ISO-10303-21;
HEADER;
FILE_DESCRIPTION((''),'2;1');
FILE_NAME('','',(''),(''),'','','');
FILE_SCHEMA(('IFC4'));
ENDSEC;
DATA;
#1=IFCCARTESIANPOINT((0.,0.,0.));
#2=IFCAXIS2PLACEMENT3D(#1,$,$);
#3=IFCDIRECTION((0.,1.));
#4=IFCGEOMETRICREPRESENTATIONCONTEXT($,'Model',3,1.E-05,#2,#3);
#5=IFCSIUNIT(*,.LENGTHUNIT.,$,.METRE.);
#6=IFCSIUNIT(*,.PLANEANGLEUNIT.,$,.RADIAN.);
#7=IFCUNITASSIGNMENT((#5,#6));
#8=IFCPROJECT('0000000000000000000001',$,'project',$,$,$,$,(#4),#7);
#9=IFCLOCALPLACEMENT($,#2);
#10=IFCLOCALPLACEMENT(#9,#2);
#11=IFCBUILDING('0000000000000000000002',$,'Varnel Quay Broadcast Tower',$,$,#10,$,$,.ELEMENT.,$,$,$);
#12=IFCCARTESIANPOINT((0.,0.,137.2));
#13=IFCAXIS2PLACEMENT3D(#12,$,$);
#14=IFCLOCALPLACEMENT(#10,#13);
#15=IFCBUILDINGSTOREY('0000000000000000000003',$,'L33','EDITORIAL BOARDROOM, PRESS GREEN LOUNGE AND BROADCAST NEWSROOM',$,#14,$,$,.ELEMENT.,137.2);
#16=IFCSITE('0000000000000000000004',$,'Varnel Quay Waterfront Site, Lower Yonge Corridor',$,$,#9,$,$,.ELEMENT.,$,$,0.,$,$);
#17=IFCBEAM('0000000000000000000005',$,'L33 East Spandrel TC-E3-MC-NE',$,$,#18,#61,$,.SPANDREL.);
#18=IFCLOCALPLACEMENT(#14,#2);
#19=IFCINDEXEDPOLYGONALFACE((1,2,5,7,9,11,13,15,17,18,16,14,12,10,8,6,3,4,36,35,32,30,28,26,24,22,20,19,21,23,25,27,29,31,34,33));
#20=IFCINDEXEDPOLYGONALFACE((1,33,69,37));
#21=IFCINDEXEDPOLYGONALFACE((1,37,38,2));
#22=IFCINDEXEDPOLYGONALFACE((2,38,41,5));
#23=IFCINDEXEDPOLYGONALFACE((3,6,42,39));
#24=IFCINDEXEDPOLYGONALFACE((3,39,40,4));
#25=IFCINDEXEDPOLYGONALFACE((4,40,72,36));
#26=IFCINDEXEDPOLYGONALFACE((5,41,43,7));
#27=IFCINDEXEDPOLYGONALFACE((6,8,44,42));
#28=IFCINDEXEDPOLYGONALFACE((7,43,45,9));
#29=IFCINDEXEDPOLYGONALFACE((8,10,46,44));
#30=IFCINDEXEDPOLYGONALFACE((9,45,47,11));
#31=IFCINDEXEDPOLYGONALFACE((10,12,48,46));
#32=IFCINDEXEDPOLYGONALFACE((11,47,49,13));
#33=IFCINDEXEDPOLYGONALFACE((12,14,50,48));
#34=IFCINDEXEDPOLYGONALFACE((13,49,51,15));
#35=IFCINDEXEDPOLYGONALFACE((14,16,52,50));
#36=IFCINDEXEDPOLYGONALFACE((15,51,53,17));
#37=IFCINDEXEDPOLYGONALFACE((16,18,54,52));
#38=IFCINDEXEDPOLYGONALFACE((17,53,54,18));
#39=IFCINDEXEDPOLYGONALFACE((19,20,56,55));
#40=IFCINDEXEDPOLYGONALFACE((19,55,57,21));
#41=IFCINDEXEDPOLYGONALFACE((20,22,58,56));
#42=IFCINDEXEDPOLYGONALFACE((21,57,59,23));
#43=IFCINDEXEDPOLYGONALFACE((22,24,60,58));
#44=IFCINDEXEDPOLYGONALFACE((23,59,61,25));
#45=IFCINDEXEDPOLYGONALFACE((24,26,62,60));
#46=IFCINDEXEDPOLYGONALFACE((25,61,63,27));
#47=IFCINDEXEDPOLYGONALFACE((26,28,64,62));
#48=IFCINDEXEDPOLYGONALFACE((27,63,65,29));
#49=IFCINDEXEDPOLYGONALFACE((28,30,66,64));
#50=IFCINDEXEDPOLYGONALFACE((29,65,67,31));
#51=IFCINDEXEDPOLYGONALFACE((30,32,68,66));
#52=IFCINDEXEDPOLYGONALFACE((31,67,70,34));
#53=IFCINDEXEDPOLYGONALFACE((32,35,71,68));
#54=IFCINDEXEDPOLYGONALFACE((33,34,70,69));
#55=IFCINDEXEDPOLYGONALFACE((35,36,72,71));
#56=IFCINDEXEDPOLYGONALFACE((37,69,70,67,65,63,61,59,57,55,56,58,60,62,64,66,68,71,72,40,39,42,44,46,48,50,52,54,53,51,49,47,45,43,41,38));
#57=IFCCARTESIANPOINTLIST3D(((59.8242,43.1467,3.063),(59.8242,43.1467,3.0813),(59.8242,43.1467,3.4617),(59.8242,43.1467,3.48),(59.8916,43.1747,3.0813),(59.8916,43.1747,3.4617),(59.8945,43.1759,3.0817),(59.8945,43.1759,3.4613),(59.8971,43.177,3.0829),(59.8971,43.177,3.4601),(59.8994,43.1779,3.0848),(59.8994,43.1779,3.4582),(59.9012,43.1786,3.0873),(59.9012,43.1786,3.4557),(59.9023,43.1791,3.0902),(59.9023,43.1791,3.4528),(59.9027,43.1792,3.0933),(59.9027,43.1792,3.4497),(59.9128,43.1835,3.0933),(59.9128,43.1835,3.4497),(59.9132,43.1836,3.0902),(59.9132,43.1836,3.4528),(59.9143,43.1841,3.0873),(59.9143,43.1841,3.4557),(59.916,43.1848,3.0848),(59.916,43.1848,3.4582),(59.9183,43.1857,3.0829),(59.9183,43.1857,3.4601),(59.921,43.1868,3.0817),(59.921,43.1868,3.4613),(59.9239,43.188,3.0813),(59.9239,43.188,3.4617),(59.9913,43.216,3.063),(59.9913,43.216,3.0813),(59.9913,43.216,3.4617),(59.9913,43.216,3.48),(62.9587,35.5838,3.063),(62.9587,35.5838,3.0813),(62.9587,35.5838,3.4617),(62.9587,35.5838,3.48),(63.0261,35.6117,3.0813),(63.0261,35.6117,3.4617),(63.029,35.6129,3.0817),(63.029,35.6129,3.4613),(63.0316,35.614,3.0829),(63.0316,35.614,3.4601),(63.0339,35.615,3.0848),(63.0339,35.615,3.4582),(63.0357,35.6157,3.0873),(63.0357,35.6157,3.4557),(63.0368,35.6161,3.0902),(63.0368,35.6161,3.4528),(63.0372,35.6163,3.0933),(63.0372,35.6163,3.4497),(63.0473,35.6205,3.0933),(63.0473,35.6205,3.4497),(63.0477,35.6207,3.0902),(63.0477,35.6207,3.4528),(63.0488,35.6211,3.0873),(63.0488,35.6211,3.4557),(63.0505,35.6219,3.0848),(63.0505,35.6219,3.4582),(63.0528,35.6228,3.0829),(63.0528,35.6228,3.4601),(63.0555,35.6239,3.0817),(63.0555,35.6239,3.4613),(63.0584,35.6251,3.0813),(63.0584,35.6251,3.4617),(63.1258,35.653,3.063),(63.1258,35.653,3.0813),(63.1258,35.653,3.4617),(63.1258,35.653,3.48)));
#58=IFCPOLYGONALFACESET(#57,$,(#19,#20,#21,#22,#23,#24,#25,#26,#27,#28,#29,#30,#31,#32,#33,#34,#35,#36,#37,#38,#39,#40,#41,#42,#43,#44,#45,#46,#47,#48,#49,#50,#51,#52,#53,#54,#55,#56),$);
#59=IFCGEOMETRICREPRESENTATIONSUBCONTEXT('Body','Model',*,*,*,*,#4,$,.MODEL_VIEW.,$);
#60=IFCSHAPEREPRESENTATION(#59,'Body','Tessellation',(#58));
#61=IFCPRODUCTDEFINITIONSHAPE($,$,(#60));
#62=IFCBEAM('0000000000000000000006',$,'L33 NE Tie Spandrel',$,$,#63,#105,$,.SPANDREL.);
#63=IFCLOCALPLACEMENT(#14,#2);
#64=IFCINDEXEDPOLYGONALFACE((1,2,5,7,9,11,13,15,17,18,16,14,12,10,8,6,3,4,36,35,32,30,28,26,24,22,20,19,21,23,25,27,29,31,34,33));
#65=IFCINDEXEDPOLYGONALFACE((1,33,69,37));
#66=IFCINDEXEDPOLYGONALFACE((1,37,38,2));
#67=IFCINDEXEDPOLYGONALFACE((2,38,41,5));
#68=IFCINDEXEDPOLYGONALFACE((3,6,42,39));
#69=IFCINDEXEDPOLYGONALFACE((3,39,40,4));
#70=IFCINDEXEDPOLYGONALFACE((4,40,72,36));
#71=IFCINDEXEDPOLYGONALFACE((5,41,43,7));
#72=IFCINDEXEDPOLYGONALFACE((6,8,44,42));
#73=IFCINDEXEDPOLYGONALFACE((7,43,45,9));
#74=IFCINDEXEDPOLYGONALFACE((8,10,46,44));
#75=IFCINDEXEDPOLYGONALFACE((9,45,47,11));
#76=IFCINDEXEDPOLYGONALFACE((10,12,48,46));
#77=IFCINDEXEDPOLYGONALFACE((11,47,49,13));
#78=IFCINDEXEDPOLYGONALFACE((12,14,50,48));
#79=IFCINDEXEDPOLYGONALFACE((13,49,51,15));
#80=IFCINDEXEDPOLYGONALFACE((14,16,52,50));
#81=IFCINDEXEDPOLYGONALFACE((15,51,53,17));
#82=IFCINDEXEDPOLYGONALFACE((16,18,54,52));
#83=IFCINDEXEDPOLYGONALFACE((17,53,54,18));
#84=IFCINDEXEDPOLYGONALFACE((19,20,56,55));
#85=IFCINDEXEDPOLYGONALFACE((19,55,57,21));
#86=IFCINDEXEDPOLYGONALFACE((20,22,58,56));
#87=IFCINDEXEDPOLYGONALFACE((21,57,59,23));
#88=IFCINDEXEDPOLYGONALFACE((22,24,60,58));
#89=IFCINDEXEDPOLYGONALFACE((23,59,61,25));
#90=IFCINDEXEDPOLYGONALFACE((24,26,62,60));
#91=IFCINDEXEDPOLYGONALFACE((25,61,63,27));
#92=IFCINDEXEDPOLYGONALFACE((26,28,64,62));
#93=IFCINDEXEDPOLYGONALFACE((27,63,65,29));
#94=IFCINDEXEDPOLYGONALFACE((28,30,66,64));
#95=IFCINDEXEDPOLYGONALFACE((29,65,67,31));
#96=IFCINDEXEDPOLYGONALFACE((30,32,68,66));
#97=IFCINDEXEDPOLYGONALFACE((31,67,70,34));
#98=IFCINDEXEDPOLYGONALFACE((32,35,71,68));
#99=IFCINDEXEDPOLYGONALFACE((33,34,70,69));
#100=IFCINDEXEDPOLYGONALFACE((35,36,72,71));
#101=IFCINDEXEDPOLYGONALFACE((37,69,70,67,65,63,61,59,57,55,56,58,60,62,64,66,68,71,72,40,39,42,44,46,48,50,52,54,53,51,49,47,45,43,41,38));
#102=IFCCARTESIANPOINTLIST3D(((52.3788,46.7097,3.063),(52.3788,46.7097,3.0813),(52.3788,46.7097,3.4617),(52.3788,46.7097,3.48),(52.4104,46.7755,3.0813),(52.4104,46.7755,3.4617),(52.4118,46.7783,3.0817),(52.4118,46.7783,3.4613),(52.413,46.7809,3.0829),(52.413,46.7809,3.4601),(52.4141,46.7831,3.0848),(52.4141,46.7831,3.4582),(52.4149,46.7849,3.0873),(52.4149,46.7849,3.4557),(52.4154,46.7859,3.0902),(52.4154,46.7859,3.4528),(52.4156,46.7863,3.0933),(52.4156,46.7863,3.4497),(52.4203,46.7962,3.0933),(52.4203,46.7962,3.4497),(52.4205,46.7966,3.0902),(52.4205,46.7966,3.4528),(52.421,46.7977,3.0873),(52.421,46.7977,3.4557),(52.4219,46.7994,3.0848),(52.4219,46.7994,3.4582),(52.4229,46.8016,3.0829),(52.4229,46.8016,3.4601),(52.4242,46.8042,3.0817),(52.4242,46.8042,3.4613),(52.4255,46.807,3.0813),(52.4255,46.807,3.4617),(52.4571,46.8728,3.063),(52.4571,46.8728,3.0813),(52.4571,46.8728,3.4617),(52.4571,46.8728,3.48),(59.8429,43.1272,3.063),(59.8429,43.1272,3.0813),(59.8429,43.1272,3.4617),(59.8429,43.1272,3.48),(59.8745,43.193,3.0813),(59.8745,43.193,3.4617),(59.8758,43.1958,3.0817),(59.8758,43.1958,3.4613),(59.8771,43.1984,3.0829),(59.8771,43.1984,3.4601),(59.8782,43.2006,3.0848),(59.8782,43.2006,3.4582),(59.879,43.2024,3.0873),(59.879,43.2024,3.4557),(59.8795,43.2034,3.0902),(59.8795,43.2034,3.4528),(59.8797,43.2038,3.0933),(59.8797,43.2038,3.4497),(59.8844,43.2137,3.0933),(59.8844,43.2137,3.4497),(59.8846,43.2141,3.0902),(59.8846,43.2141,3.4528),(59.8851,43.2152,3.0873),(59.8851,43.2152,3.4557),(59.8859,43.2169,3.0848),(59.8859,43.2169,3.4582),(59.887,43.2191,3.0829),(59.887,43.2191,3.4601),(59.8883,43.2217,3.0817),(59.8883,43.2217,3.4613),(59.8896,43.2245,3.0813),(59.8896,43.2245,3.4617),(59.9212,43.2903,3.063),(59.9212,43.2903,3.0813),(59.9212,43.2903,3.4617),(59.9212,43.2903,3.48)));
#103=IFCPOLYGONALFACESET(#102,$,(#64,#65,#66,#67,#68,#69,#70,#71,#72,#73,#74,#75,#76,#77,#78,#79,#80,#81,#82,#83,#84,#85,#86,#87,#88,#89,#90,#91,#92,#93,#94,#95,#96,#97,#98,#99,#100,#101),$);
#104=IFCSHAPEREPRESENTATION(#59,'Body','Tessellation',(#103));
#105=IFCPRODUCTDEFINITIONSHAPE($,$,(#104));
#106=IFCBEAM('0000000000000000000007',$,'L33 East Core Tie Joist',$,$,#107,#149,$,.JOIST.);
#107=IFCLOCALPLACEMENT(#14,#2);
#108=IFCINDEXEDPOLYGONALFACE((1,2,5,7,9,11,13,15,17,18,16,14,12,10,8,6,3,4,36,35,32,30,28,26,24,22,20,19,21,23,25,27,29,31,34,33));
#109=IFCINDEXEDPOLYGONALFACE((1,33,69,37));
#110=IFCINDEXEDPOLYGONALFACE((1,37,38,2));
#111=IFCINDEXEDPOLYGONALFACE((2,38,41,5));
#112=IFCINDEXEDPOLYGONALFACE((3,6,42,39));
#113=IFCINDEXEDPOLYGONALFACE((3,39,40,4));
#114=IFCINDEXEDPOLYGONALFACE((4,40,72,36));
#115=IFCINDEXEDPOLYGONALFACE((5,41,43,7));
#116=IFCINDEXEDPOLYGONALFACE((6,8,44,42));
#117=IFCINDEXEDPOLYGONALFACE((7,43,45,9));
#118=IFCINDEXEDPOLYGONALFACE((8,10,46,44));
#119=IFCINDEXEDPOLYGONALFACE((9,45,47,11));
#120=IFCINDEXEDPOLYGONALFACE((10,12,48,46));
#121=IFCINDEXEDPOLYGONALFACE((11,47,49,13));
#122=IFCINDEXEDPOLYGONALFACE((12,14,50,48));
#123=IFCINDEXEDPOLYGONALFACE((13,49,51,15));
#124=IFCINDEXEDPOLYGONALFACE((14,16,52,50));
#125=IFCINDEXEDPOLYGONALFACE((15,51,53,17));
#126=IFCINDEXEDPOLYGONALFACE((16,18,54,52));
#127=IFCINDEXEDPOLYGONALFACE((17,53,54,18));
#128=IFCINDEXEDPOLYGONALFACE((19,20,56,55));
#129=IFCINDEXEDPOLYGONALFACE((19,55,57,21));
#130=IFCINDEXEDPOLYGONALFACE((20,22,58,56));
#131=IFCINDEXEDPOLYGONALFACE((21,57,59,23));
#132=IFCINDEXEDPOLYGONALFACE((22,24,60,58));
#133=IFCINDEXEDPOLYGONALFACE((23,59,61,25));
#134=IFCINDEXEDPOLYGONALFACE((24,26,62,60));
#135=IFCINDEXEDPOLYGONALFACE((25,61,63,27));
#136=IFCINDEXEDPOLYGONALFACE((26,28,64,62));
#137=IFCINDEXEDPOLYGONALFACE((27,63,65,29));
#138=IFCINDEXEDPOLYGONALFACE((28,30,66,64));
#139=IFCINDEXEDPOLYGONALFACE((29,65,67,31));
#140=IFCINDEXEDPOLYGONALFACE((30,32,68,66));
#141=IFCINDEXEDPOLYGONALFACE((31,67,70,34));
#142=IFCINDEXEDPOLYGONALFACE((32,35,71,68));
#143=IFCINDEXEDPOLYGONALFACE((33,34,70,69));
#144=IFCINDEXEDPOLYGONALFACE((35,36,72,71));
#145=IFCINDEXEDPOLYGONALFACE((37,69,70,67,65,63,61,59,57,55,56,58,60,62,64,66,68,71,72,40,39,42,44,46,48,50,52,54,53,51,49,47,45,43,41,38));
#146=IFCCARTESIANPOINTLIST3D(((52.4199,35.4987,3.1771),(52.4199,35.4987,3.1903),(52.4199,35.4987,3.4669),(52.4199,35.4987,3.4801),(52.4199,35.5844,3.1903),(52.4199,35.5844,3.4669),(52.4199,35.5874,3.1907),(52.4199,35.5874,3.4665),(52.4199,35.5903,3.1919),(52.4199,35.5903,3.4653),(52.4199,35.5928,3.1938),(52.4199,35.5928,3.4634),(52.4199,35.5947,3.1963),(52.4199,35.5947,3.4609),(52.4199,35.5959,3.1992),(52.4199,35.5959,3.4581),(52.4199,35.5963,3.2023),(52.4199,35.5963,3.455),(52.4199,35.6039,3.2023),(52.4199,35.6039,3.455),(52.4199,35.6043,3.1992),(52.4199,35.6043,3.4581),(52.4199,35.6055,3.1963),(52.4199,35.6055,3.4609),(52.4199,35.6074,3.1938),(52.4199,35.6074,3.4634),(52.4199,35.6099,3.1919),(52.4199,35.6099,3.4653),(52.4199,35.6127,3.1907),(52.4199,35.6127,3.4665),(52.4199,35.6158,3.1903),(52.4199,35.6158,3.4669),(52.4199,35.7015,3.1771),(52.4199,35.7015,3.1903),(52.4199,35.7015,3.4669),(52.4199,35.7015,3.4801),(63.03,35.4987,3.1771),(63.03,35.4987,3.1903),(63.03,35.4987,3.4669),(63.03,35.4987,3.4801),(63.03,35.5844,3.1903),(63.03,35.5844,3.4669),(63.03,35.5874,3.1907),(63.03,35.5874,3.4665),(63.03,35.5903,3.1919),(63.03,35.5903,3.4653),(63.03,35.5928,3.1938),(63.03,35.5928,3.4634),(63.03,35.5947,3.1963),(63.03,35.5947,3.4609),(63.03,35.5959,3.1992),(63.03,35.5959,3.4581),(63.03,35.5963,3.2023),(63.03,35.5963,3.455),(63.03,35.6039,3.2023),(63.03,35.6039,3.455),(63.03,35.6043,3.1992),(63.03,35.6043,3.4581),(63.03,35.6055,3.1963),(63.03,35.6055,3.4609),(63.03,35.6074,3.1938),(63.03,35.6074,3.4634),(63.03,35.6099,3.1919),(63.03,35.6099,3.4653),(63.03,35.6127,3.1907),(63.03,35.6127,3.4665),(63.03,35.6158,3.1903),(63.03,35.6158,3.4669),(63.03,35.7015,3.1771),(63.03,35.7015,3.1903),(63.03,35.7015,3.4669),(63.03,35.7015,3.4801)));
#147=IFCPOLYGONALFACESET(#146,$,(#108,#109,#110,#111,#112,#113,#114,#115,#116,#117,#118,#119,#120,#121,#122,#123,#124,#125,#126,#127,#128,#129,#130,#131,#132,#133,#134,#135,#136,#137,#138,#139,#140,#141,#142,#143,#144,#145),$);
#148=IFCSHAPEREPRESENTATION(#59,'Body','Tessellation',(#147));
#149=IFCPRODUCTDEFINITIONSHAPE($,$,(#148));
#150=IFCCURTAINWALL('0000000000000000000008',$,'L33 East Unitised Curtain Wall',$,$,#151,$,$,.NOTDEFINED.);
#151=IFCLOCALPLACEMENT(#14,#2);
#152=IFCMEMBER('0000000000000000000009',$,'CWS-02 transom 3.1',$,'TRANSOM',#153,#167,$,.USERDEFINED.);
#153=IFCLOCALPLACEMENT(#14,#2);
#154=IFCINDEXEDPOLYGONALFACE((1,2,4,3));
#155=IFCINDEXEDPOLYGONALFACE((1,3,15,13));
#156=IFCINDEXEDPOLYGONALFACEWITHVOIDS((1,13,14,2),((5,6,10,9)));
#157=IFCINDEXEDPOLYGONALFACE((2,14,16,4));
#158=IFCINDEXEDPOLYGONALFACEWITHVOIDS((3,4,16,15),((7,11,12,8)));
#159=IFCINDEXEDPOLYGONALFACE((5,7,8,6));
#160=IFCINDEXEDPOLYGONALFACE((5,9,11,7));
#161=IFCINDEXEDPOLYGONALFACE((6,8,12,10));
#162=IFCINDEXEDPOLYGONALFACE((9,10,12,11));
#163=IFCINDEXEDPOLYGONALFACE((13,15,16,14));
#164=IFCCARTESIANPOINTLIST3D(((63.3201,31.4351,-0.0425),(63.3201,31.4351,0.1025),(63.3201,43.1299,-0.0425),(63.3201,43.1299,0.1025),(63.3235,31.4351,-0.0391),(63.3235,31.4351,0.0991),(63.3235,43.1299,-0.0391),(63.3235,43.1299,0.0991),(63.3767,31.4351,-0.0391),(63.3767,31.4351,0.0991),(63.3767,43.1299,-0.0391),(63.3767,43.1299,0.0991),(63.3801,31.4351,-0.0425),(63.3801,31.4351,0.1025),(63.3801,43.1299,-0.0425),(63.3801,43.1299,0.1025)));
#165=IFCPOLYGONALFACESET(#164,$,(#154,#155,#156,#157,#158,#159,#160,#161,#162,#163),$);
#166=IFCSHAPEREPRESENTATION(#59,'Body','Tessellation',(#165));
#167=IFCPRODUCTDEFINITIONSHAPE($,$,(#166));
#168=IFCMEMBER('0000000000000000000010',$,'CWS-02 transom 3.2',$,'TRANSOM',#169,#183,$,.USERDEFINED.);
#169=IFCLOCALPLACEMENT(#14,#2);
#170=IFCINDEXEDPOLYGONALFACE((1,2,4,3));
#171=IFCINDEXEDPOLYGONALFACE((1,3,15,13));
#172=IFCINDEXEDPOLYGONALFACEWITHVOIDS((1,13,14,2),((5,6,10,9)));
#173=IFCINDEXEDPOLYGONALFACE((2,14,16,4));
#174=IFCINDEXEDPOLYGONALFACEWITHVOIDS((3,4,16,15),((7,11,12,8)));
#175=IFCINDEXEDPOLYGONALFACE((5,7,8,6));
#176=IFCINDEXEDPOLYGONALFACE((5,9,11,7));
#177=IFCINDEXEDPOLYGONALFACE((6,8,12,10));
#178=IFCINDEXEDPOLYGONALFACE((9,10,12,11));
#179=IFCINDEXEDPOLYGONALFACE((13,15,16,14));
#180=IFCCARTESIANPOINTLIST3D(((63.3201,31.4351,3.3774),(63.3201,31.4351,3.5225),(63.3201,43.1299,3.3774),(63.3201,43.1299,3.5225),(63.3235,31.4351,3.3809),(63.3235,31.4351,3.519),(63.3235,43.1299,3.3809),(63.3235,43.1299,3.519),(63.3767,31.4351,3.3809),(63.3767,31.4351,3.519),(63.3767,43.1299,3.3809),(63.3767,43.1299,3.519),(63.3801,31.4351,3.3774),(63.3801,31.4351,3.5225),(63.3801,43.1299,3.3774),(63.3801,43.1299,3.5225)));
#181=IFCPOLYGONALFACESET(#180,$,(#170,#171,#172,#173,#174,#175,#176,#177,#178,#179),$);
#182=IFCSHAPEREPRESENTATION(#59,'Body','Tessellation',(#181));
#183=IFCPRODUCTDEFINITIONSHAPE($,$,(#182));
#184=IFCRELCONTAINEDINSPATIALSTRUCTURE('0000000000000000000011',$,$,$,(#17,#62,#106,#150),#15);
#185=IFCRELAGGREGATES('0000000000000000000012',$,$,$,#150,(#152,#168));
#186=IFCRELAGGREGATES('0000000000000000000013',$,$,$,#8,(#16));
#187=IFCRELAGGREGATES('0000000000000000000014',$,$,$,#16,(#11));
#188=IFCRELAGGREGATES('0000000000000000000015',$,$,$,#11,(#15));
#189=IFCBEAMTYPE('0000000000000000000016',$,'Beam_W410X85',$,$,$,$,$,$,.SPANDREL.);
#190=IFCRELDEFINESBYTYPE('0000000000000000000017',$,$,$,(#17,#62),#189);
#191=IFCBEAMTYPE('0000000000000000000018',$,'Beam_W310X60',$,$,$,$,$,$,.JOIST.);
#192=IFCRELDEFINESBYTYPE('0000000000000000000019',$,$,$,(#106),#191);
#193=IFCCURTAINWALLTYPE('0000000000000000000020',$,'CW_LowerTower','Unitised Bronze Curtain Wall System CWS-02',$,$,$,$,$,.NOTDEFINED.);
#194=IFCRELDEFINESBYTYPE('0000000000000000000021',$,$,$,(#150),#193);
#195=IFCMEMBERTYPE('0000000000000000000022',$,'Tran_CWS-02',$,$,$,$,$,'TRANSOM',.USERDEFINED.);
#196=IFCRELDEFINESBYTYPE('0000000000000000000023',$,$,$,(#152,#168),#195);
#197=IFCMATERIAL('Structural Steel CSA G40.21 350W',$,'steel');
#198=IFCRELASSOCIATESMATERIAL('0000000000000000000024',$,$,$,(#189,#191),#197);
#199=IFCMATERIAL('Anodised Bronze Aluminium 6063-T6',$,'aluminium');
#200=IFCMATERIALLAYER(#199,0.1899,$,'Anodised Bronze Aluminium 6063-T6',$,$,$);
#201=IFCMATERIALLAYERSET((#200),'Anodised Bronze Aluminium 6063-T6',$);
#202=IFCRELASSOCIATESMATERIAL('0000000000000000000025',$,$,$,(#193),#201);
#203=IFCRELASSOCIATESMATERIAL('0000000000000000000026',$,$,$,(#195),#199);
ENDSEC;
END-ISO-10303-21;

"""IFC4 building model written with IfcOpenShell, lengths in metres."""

from ifc_helpers import new_model, si_unit, direction, frame, origin, origin_2d, place, context, subcontext, project, spatial, hollow_rectangle, i_section, extrude, source, transform, mapped, material, layer, layer_set, material_profile, profile_set, type_object, type_shapes, element, aggregate, save


model = new_model("IFC4")

# Units and contexts
model_context = context("Model", 3, precision=1e-05, world=origin(), true_north=direction((0.0, 1.0)))
body_context = subcontext(model_context, "Body", "Model", "MODEL_VIEW")
ifc_project = project(units=[si_unit("LENGTHUNIT", "METRE"), si_unit("PLANEANGLEUNIT", "RADIAN")], contexts=[model_context])

# Site, building, storey
site_placement = place(None, origin())
site = spatial("IfcSite", under=ifc_project, at=site_placement, Name="Varnel Quay Waterfront Site, Lower Yonge Corridor", CompositionType="ELEMENT", RefElevation=0.0)
building_placement = place(site_placement, origin())
building = spatial("IfcBuilding", under=site, at=building_placement, Name="Varnel Quay Broadcast Tower", CompositionType="ELEMENT")
storey_placement = place(building_placement, frame((0.0, 0.0, 137.2)))
storey = spatial("IfcBuildingStorey", under=building, at=storey_placement, Name="L33", Description="EDITORIAL BOARDROOM, PRESS GREEN LOUNGE AND BROADCAST NEWSROOM", CompositionType="ELEMENT", Elevation=137.2)

# Shared definitions
ifc_material_1 = material(Name="Structural Steel CSA G40.21 350W", Category="steel")

# Beams
ifc_material_profile_1 = material_profile(ifc_material_1, i_section(OverallWidth=0.1809, OverallDepth=0.417, WebThickness=0.011, FlangeThickness=0.0183, FilletRadius=0.012, at=origin_2d()), Name="W410X85")
ifc_profile_set_1 = profile_set([ifc_material_profile_1], Name="Structural Steel CSA G40.21 350W")
beam_type_1 = type_object("IfcBeamType", Name="Beam_W410X85", PredefinedType="SPANDREL", material=ifc_profile_set_1)
shared_shape_1 = source(origin(), body_context, "Body", "SweptSolid", [
    extrude(i_section(OverallWidth=0.1809, OverallDepth=0.417, WebThickness=0.011, FlangeThickness=0.0183, FilletRadius=0.012, at=origin_2d()), origin(), (0.0, 0.0, 1.0), 8.1868),
])
beam_1_placement = place(storey_placement, frame((63.0422, 35.6184, 3.2715), z_axis=(-0.382874, 0.923801, 0.0), x_axis=(-0.923801, -0.382874, 0.0)))
element("IfcBeam", 1, at=beam_1_placement, inside=storey, type_object=beam_type_1, Name="L33 East Spandrel TC-E3-MC-NE", PredefinedType="SPANDREL", context=body_context, shape_type="MappedRepresentation", body=[
    mapped(shared_shape_1, transform((0.0, 0.0, 0.0), x_axis=(1.0, 0.0, 0.0), y_axis=(0.0, 1.0, 0.0), z_axis=(0.0, 0.0, 1.0), scale=1.0)),
])
shared_shape_2 = source(origin(), body_context, "Body", "SweptSolid", [
    extrude(i_section(OverallWidth=0.1809, OverallDepth=0.417, WebThickness=0.011, FlangeThickness=0.0183, FilletRadius=0.012, at=origin_2d()), origin(), (0.0, 0.0, 1.0), 8.2793),
])
type_shapes(beam_type_1, [shared_shape_1, shared_shape_2])
beam_2_placement = place(storey_placement, frame((52.418, 46.7913, 3.2715), z_axis=(0.901535, -0.432706, 0.0), x_axis=(0.432706, 0.901535, 0.0)))
element("IfcBeam", 2, at=beam_2_placement, inside=storey, type_object=beam_type_1, Name="L33 NE Tie Spandrel", PredefinedType="SPANDREL", context=body_context, shape_type="MappedRepresentation", body=[
    mapped(shared_shape_2, transform((0.0, 0.0, 0.0), x_axis=(1.0, 0.0, 0.0), y_axis=(0.0, 1.0, 0.0), z_axis=(0.0, 0.0, 1.0), scale=1.0)),
])
ifc_material_profile_2 = material_profile(ifc_material_1, i_section(OverallWidth=0.2029, OverallDepth=0.303, WebThickness=0.0076, FlangeThickness=0.0132, FilletRadius=0.012, at=origin_2d()), Name="W310X60")
ifc_profile_set_2 = profile_set([ifc_material_profile_2], Name="Structural Steel CSA G40.21 350W")
beam_type_2 = type_object("IfcBeamType", Name="Beam_W310X60", PredefinedType="JOIST", material=ifc_profile_set_2)
shared_shape_3 = source(origin(), body_context, "Body", "SweptSolid", [
    extrude(i_section(OverallWidth=0.2029, OverallDepth=0.303, WebThickness=0.0076, FlangeThickness=0.0132, FilletRadius=0.012, at=origin_2d()), origin(), (0.0, 0.0, 1.0), 10.6101),
])
type_shapes(beam_type_2, [shared_shape_3])
beam_3_placement = place(storey_placement, frame((52.4199, 35.6001, 3.3286), z_axis=(1.0, 0.0, 0.0), x_axis=(0.0, 1.0, 0.0)))
element("IfcBeam", 3, at=beam_3_placement, inside=storey, type_object=beam_type_2, Name="L33 East Core Tie Joist", PredefinedType="JOIST", context=body_context, shape_type="MappedRepresentation", body=[
    mapped(shared_shape_3, transform((0.0, 0.0, 0.0), x_axis=(1.0, 0.0, 0.0), y_axis=(0.0, 1.0, 0.0), z_axis=(0.0, 0.0, 1.0), scale=1.0)),
])

# Curtain wall, members
ifc_material_2 = material(Name="Anodised Bronze Aluminium 6063-T6", Category="aluminium")
ifc_layer_1 = layer(ifc_material_2, 0.1899, Name="Anodised Bronze Aluminium 6063-T6")
ifc_layer_set_1 = layer_set([ifc_layer_1], Name="Anodised Bronze Aluminium 6063-T6")
curtain_wall_type = type_object("IfcCurtainWallType", Name="CW_LowerTower", Description="Unitised Bronze Curtain Wall System CWS-02", PredefinedType="NOTDEFINED", material=ifc_layer_set_1)
curtain_wall_1_placement = place(storey_placement, origin())
curtain_wall_1 = element("IfcCurtainWall", 4, at=curtain_wall_1_placement, inside=storey, type_object=curtain_wall_type, Name="L33 East Unitised Curtain Wall", PredefinedType="NOTDEFINED")
ifc_material_profile_3 = material_profile(ifc_material_2, hollow_rectangle(XDim=0.0601, YDim=0.145, WallThickness=0.0034, at=origin_2d()), Name="ALU60X145X3.5")
ifc_profile_set_3 = profile_set([ifc_material_profile_3], Name="Anodised Bronze Aluminium 6063-T6")
member_type_1 = type_object("IfcMemberType", Name="Tran_CWS-02", ElementType="TRANSOM", PredefinedType="USERDEFINED", material=ifc_profile_set_3)
shared_shape_4 = source(origin(), body_context, "Body", "SweptSolid", [
    extrude(hollow_rectangle(XDim=0.0601, YDim=0.145, WallThickness=0.0034, at=origin_2d()), origin(), (0.0, 0.0, 1.0), 11.6948),
])
member_1_placement = place(storey_placement, frame((63.3501, 31.4351, 0.03), z_axis=(0.0, 1.0, 0.0), x_axis=(-1.0, 0.0, 0.0)))
member_1 = element("IfcMember", 5, at=member_1_placement, type_object=member_type_1, Name="CWS-02 transom 3.1", ObjectType="TRANSOM", PredefinedType="USERDEFINED", context=body_context, shape_type="MappedRepresentation", body=[
    mapped(shared_shape_4, transform((0.0, 0.0, 0.0), x_axis=(1.0, 0.0, 0.0), y_axis=(0.0, 1.0, 0.0), z_axis=(0.0, 0.0, 1.0), scale=1.0)),
])
member_2_placement = place(storey_placement, frame((63.3501, 31.4351, 3.45), z_axis=(0.0, 1.0, 0.0), x_axis=(-1.0, 0.0, 0.0)))
member_2 = element("IfcMember", 6, at=member_2_placement, type_object=member_type_1, Name="CWS-02 transom 3.2", ObjectType="TRANSOM", PredefinedType="USERDEFINED", context=body_context, shape_type="MappedRepresentation", body=[
    mapped(shared_shape_4, transform((0.0, 0.0, 0.0), x_axis=(1.0, 0.0, 0.0), y_axis=(0.0, 1.0, 0.0), z_axis=(0.0, 0.0, 1.0), scale=1.0)),
])

aggregate(curtain_wall_1, [member_1, member_2])

save(model, "model.ifc")
